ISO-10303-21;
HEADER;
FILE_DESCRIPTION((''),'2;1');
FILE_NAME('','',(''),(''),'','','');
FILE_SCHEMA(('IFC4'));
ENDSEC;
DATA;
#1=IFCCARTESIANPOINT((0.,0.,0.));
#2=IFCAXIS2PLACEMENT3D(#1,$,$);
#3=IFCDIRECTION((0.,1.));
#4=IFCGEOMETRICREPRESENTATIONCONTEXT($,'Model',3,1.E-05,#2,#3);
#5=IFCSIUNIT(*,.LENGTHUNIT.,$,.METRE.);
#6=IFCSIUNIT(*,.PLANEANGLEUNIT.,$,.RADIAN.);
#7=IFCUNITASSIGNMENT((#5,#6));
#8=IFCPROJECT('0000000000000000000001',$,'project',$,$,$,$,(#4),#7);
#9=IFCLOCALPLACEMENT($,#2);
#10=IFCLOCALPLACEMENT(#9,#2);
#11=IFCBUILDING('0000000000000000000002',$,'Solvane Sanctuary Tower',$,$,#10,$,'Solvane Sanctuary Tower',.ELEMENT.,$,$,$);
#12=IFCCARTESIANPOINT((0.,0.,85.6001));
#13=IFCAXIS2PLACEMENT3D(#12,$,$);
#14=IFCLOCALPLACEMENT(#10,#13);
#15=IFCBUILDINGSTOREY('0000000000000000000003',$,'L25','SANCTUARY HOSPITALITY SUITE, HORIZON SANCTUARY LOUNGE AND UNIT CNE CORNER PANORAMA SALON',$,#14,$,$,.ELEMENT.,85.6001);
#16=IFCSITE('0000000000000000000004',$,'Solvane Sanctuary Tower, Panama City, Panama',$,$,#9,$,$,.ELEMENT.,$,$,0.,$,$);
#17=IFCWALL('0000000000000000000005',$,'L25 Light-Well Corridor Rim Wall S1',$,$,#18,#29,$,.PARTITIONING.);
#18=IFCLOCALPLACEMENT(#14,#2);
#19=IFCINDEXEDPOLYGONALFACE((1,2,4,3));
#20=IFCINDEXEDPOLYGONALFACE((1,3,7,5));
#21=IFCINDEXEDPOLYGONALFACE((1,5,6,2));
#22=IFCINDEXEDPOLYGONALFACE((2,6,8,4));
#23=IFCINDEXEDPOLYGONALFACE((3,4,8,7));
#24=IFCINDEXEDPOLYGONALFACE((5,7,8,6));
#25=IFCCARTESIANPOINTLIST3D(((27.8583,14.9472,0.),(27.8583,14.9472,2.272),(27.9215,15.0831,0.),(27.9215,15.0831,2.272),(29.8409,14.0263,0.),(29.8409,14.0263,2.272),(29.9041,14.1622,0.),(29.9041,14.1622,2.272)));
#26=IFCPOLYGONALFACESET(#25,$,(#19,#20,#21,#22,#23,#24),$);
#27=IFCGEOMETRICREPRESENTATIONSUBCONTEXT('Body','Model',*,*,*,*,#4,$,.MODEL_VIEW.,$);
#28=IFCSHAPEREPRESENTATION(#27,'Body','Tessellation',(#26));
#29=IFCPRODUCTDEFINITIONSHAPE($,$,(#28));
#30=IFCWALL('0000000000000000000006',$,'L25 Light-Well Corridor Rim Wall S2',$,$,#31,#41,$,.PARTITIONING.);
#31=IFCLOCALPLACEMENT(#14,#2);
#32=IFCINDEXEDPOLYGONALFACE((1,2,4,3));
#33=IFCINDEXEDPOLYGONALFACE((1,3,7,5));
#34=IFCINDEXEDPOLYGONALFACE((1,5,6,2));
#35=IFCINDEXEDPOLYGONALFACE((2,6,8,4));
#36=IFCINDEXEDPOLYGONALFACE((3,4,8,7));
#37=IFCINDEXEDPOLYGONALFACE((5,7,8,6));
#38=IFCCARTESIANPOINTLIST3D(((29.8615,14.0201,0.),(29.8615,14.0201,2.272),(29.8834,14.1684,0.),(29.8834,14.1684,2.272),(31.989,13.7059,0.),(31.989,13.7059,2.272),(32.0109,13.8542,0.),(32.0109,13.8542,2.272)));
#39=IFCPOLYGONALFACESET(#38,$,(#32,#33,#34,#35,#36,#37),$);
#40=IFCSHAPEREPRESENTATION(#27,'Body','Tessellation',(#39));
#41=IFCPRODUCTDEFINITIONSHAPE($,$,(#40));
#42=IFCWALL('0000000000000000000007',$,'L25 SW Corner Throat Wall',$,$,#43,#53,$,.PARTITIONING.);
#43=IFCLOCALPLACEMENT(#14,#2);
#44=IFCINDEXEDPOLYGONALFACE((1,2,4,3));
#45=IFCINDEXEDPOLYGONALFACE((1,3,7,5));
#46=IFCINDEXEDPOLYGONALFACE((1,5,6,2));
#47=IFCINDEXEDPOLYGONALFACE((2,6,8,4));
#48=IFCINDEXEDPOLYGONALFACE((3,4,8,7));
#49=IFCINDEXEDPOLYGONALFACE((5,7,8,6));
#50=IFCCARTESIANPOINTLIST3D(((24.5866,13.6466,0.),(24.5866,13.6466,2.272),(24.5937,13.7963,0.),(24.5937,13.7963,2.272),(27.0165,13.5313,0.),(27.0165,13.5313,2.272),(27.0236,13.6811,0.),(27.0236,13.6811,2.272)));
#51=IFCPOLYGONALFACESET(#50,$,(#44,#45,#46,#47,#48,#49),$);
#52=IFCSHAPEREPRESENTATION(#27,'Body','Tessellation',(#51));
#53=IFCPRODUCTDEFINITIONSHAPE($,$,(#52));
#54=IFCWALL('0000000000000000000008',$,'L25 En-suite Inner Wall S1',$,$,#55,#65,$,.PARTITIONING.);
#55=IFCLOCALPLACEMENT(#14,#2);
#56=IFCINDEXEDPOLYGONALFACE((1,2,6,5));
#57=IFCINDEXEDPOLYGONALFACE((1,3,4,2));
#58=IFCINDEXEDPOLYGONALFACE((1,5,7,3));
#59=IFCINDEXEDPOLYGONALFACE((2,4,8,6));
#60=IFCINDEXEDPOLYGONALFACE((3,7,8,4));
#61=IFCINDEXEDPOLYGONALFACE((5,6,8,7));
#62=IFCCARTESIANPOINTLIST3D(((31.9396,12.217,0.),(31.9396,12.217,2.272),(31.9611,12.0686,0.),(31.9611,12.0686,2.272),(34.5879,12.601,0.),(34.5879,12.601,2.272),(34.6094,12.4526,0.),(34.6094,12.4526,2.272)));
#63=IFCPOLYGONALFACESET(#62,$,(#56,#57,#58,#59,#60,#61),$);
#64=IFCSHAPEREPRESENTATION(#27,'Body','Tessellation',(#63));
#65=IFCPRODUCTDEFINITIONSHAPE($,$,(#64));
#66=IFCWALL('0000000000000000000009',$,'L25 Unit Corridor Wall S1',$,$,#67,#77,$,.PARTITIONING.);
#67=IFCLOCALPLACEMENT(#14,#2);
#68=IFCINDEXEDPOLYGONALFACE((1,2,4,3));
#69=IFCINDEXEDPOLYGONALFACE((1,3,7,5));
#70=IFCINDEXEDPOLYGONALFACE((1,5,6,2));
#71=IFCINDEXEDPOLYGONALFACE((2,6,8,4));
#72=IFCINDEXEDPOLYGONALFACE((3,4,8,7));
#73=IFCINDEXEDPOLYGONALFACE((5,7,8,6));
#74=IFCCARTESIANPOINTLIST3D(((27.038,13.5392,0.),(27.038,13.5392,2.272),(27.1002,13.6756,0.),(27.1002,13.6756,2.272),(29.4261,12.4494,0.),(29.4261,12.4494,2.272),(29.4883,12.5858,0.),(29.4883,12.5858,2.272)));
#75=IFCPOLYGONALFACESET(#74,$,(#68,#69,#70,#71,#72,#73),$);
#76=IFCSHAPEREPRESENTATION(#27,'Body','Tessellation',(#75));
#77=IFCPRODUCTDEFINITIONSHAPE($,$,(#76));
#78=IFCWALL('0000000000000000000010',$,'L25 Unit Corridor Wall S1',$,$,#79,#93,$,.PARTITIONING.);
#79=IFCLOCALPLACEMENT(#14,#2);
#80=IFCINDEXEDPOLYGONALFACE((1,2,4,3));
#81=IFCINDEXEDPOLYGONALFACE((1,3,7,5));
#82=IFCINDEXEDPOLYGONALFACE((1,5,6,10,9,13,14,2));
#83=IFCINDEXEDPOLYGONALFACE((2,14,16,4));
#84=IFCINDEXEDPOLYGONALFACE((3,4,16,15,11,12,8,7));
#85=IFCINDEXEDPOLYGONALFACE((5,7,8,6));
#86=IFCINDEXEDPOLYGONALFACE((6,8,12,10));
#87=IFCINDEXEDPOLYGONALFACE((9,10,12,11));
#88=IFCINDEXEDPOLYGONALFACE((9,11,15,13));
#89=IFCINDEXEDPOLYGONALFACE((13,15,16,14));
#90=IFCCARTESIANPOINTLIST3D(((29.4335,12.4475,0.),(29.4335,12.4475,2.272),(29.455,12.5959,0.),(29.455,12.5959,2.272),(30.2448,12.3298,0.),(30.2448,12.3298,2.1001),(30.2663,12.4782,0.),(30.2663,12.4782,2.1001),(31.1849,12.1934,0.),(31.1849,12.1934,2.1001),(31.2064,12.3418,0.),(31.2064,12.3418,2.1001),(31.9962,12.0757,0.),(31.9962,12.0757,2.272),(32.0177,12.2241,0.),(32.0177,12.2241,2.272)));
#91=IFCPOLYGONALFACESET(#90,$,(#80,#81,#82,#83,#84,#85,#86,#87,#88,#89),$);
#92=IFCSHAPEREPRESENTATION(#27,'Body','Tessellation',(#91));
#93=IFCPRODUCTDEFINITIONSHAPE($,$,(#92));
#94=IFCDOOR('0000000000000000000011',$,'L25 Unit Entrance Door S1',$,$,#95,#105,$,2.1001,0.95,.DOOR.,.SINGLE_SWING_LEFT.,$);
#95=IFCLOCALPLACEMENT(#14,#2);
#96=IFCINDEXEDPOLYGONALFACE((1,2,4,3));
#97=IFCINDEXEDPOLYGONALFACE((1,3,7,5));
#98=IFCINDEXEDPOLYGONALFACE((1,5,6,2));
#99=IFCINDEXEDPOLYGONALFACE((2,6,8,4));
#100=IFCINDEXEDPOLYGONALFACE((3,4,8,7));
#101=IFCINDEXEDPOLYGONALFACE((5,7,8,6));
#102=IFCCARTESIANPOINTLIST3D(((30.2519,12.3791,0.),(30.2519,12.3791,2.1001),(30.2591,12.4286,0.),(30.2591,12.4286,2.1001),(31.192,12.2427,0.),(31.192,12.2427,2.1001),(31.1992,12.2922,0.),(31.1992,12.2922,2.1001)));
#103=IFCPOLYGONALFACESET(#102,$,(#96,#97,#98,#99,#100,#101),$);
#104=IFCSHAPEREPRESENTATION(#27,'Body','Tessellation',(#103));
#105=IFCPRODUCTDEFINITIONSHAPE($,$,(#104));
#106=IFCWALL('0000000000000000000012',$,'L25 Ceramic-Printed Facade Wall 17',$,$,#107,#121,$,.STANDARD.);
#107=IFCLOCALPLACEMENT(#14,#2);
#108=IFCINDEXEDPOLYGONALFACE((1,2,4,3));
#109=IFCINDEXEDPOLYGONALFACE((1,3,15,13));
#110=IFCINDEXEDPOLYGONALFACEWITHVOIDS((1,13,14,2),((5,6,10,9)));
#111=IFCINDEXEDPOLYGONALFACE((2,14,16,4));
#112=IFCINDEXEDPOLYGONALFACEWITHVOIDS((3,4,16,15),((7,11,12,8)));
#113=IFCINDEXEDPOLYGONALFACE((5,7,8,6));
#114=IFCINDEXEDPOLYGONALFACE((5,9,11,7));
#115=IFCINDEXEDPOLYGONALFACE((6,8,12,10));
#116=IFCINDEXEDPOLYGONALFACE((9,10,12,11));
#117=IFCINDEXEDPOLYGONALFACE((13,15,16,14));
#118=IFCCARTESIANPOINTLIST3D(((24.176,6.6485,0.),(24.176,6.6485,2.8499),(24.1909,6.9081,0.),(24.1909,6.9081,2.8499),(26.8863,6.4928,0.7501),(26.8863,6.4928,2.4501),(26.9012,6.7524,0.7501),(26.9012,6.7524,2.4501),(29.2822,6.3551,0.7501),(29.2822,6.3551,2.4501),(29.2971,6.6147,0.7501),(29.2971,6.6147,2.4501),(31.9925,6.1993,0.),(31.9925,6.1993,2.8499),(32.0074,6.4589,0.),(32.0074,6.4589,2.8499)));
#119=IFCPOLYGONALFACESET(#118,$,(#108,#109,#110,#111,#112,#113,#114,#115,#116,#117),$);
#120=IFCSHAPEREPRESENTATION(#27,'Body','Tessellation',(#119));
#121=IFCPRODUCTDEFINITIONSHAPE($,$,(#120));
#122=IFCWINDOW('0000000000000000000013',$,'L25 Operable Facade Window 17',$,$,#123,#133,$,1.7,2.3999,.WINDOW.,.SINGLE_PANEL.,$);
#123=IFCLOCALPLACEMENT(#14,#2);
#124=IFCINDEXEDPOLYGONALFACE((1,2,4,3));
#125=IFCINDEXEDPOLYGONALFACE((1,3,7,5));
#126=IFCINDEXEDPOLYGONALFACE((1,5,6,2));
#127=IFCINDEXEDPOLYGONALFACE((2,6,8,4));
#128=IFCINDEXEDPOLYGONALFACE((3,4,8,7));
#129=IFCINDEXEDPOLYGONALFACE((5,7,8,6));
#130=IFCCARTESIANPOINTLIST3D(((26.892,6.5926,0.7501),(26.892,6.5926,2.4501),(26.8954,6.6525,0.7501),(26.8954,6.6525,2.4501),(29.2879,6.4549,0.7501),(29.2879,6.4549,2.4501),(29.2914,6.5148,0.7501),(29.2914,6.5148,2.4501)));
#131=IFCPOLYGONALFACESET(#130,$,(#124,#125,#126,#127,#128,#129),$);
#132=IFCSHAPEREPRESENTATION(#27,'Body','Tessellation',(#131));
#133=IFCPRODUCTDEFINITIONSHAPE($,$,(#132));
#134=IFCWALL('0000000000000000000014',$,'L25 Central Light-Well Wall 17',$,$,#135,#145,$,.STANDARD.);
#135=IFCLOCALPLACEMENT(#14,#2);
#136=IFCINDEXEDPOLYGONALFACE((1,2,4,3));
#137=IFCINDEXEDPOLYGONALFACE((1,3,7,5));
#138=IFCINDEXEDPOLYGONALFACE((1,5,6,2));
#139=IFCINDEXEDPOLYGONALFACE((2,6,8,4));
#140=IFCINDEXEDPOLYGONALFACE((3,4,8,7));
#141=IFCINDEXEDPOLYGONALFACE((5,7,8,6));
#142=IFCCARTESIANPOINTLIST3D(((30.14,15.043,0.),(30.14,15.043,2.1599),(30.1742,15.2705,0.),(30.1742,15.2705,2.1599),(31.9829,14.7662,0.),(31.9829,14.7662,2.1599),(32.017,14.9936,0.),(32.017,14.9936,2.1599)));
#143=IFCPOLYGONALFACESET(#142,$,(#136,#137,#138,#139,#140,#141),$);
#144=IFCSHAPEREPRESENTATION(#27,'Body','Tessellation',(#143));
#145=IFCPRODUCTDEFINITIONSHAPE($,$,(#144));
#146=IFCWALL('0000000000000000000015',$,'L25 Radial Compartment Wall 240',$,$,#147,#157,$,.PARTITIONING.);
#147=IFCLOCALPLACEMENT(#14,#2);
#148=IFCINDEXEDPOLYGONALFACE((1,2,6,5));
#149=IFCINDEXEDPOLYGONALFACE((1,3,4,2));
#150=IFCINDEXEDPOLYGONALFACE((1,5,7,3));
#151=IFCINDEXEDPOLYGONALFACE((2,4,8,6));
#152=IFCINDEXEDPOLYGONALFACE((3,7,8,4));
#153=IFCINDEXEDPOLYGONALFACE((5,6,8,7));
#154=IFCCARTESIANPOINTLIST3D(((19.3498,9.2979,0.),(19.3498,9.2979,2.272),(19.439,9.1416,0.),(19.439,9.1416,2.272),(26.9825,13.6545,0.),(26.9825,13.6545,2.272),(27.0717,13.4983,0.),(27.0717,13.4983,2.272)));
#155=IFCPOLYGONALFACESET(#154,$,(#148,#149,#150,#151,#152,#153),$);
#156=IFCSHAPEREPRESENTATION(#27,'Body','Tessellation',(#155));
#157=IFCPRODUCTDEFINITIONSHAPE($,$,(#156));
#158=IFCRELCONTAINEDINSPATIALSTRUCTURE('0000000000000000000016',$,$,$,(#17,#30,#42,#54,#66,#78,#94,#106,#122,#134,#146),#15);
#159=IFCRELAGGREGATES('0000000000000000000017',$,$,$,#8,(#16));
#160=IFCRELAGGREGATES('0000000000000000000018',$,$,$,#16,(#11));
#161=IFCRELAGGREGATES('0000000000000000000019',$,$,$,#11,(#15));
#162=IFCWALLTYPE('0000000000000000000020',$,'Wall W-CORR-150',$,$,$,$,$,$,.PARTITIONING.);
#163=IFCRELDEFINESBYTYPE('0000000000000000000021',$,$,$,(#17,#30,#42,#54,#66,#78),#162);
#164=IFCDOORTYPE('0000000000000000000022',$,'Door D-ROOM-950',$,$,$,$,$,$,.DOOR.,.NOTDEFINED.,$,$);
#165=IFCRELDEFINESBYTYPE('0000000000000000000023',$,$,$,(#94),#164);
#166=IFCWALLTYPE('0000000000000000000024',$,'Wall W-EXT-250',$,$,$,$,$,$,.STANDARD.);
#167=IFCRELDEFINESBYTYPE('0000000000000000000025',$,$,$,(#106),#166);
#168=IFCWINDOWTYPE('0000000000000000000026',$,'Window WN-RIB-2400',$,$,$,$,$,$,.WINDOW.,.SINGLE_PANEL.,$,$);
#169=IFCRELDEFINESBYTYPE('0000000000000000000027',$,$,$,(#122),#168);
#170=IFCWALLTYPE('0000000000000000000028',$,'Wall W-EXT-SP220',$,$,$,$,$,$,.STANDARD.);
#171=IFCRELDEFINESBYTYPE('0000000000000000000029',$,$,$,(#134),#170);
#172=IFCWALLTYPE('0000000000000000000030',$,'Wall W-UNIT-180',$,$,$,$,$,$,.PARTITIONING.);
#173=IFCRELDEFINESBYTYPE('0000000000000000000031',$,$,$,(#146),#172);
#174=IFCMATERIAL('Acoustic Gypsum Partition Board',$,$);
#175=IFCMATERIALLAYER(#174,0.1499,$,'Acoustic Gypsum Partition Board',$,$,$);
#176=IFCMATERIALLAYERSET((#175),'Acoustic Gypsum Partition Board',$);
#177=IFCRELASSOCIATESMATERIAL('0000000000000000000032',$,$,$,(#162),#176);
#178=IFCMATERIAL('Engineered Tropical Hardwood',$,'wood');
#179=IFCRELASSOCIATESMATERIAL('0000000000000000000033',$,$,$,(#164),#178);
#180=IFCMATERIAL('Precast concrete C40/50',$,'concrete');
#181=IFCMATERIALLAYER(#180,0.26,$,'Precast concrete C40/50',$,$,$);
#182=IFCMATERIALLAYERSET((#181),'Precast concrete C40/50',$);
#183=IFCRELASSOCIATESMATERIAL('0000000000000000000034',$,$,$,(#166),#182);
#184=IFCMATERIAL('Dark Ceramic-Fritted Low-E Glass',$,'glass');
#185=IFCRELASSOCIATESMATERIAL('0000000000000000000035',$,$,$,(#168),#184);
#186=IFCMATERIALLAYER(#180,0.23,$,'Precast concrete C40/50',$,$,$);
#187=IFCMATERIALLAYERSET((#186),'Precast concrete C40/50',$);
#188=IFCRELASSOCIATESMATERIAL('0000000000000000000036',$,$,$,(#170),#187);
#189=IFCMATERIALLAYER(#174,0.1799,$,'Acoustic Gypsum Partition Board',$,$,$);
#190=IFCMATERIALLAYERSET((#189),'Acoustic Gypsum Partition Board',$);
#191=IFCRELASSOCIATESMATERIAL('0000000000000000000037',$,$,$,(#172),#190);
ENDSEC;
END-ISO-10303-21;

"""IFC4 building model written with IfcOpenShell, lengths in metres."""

from ifc_helpers import new_model, si_unit, direction, frame, frame_2d, origin, place, context, subcontext, project, spatial, rectangle, extrude, material, layer, layer_set, type_object, element, fill, save


model = new_model("IFC4")

# Units and contexts
model_context = context("Model", 3, precision=1e-05, world=origin(), true_north=direction((0.0, 1.0)))
body_context = subcontext(model_context, "Body", "Model", "MODEL_VIEW")
ifc_project = project(units=[si_unit("LENGTHUNIT", "METRE"), si_unit("PLANEANGLEUNIT", "RADIAN")], contexts=[model_context])

# Site, building, storey
site_placement = place(None, origin())
site = spatial("IfcSite", under=ifc_project, at=site_placement, Name="Solvane Sanctuary Tower, Panama City, Panama", CompositionType="ELEMENT", RefElevation=0.0)
building_placement = place(site_placement, origin())
building = spatial("IfcBuilding", under=site, at=building_placement, Name="Solvane Sanctuary Tower", LongName="Solvane Sanctuary Tower", CompositionType="ELEMENT")
storey_placement = place(building_placement, frame((0.0, 0.0, 85.6001)))
storey = spatial("IfcBuildingStorey", under=building, at=storey_placement, Name="L25", Description="SANCTUARY HOSPITALITY SUITE, HORIZON SANCTUARY LOUNGE AND UNIT CNE CORNER PANORAMA SALON", CompositionType="ELEMENT", Elevation=85.6001)

# Walls
ifc_material_1 = material(Name="Acoustic Gypsum Partition Board")
ifc_layer_1 = layer(ifc_material_1, 0.1499, Name="Acoustic Gypsum Partition Board")
ifc_layer_set_1 = layer_set([ifc_layer_1], Name="Acoustic Gypsum Partition Board")
wall_type_1 = type_object("IfcWallType", Name="Wall W-CORR-150", PredefinedType="PARTITIONING", material=ifc_layer_set_1)
wall_1_placement = place(storey_placement, frame((27.8899, 15.0151, 0.0), z_axis=(0.0, 0.0, 1.0), x_axis=(0.906943, -0.421252, 0.0)))
element("IfcWall", 1, at=wall_1_placement, inside=storey, type_object=wall_type_1, Name="L25 Light-Well Corridor Rim Wall S1", PredefinedType="PARTITIONING", context=body_context, shape_type="SweptSolid", body=[
    extrude(rectangle(XDim=2.186, YDim=0.1499, at=frame_2d((1.093, 0.0))), origin(), (0.0, 0.0, 1.0), 2.272),
])
wall_2_placement = place(storey_placement, frame((29.8726, 14.0942, 0.0), z_axis=(0.0, 0.0, 1.0), x_axis=(0.989269, -0.146108, 0.0)))
element("IfcWall", 2, at=wall_2_placement, inside=storey, type_object=wall_type_1, Name="L25 Light-Well Corridor Rim Wall S2", PredefinedType="PARTITIONING", context=body_context, shape_type="SweptSolid", body=[
    extrude(rectangle(XDim=2.1506, YDim=0.1499, at=frame_2d((1.0752, 0.0))), origin(), (0.0, 0.0, 1.0), 2.272),
])
wall_3_placement = place(storey_placement, frame((27.02, 13.6062, 0.0), z_axis=(0.0, 0.0, 1.0), x_axis=(-0.998877, 0.04737, 0.0)))
element("IfcWall", 3, at=wall_3_placement, inside=storey, type_object=wall_type_1, Name="L25 SW Corner Throat Wall", PredefinedType="PARTITIONING", context=body_context, shape_type="SweptSolid", body=[
    extrude(rectangle(XDim=2.4326, YDim=0.1499, at=frame_2d((1.2163, 0.0))), origin(), (0.0, 0.0, 1.0), 2.272),
])
wall_4_placement = place(storey_placement, frame((31.9504, 12.1428, 0.0), z_axis=(0.0, 0.0, 1.0), x_axis=(0.98965, 0.143503, 0.0)))
element("IfcWall", 4, at=wall_4_placement, inside=storey, type_object=wall_type_1, Name="L25 En-suite Inner Wall S1", PredefinedType="PARTITIONING", context=body_context, shape_type="SweptSolid", body=[
    extrude(rectangle(XDim=2.676, YDim=0.1499, at=frame_2d((1.3379, 0.0))), origin(), (0.0, 0.0, 1.0), 2.272),
])
wall_5_placement = place(storey_placement, frame((27.0691, 13.6074, 0.0), z_axis=(0.0, 0.0, 1.0), x_axis=(0.909748, -0.415162, 0.0)))
element("IfcWall", 5, at=wall_5_placement, inside=storey, type_object=wall_type_1, Name="L25 Unit Corridor Wall S1", PredefinedType="PARTITIONING", context=body_context, shape_type="SweptSolid", body=[
    extrude(rectangle(XDim=2.625, YDim=0.1499, at=frame_2d((1.3125, 0.0))), origin(), (0.0, 0.0, 1.0), 2.272),
])

# Wall, opening, door
wall_6_placement = place(storey_placement, frame((29.4441, 12.5217, 0.0), z_axis=(0.0, 0.0, 1.0), x_axis=(0.989638, -0.143586, 0.0)))
wall_6 = element("IfcWall", 6, at=wall_6_placement, inside=storey, type_object=wall_type_1, Name="L25 Unit Corridor Wall S1", PredefinedType="PARTITIONING", context=body_context, shape_type="SweptSolid", body=[
    extrude(rectangle(XDim=2.5896, YDim=0.1499, at=frame_2d((1.2949, 0.0))), origin(), (0.0, 0.0, 1.0), 2.272),
])
opening_1_placement = place(wall_6_placement, frame((0.8198, 0.0, 0.0)))
opening_1 = element("IfcOpeningElement", 7, at=opening_1_placement, cuts=wall_6, PredefinedType="OPENING", context=body_context, shape_type="SweptSolid", body=[
    extrude(rectangle(XDim=0.95, YDim=2.1001, at=frame_2d((0.4751, 1.05))), frame((0.0, 0.085, 0.0), z_axis=(0.0, -1.0, 0.0), x_axis=(1.0, 0.0, 0.0)), (0.0, 0.0, 1.0), 0.1699),
])
ifc_material_2 = material(Name="Engineered Tropical Hardwood", Category="wood")
door_type_1 = type_object("IfcDoorType", Name="Door D-ROOM-950", OperationType="NOTDEFINED", PredefinedType="DOOR", material=ifc_material_2)
door_1_placement = place(opening_1_placement, origin())
door_1 = element("IfcDoor", 8, at=door_1_placement, inside=storey, type_object=door_type_1, Name="L25 Unit Entrance Door S1", OperationType="SINGLE_SWING_LEFT", OverallHeight=2.1001, OverallWidth=0.95, PredefinedType="DOOR", context=body_context, shape_type="SweptSolid", body=[
    extrude(rectangle(XDim=0.95, YDim=2.1001, at=frame_2d((0.4751, 1.05))), frame((0.0, 0.0249, 0.0), z_axis=(0.0, -1.0, 0.0), x_axis=(1.0, 0.0, 0.0)), (0.0, 0.0, 1.0), 0.05),
])
fill(opening_1, door_1)

# Wall, opening, window
ifc_material_3 = material(Name="Precast concrete C40/50", Category="concrete")
ifc_layer_2 = layer(ifc_material_3, 0.26, Name="Precast concrete C40/50")
ifc_layer_set_2 = layer_set([ifc_layer_2], Name="Precast concrete C40/50")
wall_type_2 = type_object("IfcWallType", Name="Wall W-EXT-250", PredefinedType="STANDARD", material=ifc_layer_set_2)
wall_7_placement = place(storey_placement, frame((24.1836, 6.7783, 0.0), z_axis=(0.0, 0.0, 1.0), x_axis=(0.998353, -0.057377, 0.0)))
wall_7 = element("IfcWall", 9, at=wall_7_placement, inside=storey, type_object=wall_type_2, Name="L25 Ceramic-Printed Facade Wall 17", PredefinedType="STANDARD", context=body_context, shape_type="SweptSolid", body=[
    extrude(rectangle(XDim=7.8293, YDim=0.26, at=frame_2d((3.9146, 0.0))), origin(), (0.0, 0.0, 1.0), 2.8499),
])
opening_2_placement = place(wall_7_placement, frame((2.7146, 0.0, 0.75)))
opening_2 = element("IfcOpeningElement", 10, at=opening_2_placement, cuts=wall_7, PredefinedType="OPENING", context=body_context, shape_type="SweptSolid", body=[
    extrude(rectangle(XDim=2.3999, YDim=1.7, at=frame_2d((1.2, 0.8501))), frame((0.0, 0.1399, 0.0), z_axis=(0.0, -1.0, 0.0), x_axis=(1.0, 0.0, 0.0)), (0.0, 0.0, 1.0), 0.28),
])
ifc_material_4 = material(Name="Dark Ceramic-Fritted Low-E Glass", Category="glass")
window_type = type_object("IfcWindowType", Name="Window WN-RIB-2400", PartitioningType="SINGLE_PANEL", PredefinedType="WINDOW", material=ifc_material_4)
window_placement = place(opening_2_placement, origin())
window = element("IfcWindow", 11, at=window_placement, inside=storey, type_object=window_type, Name="L25 Operable Facade Window 17", OverallHeight=1.7, OverallWidth=2.3999, PartitioningType="SINGLE_PANEL", PredefinedType="WINDOW", context=body_context, shape_type="SweptSolid", body=[
    extrude(rectangle(XDim=2.3999, YDim=1.7, at=frame_2d((1.2, 0.8501))), frame((0.0, 0.03, 0.0), z_axis=(0.0, -1.0, 0.0), x_axis=(1.0, 0.0, 0.0)), (0.0, 0.0, 1.0), 0.0601),
])
fill(opening_2, window)

# Walls
ifc_layer_3 = layer(ifc_material_3, 0.23, Name="Precast concrete C40/50")
ifc_layer_set_3 = layer_set([ifc_layer_3], Name="Precast concrete C40/50")
wall_type_3 = type_object("IfcWallType", Name="Wall W-EXT-SP220", PredefinedType="STANDARD", material=ifc_layer_set_3)
wall_8_placement = place(storey_placement, frame((30.1572, 15.1567, 0.0), z_axis=(0.0, 0.0, 1.0), x_axis=(0.988902, -0.148571, 0.0)))
element("IfcWall", 12, at=wall_8_placement, inside=storey, type_object=wall_type_3, Name="L25 Central Light-Well Wall 17", PredefinedType="STANDARD", context=body_context, shape_type="SweptSolid", body=[
    extrude(rectangle(XDim=1.8635, YDim=0.23, at=frame_2d((0.9316, 0.0))), origin(), (0.0, 0.0, 1.0), 2.1599),
])
ifc_layer_4 = layer(ifc_material_1, 0.1799, Name="Acoustic Gypsum Partition Board")
ifc_layer_set_4 = layer_set([ifc_layer_4], Name="Acoustic Gypsum Partition Board")
wall_type_4 = type_object("IfcWallType", Name="Wall W-UNIT-180", PredefinedType="PARTITIONING", material=ifc_layer_set_4)
wall_9_placement = place(storey_placement, frame((27.0271, 13.5764, 0.0), z_axis=(0.0, 0.0, 1.0), x_axis=(-0.868484, -0.495717, 0.0)))
element("IfcWall", 13, at=wall_9_placement, inside=storey, type_object=wall_type_4, Name="L25 Radial Compartment Wall 240", PredefinedType="PARTITIONING", context=body_context, shape_type="SweptSolid", body=[
    extrude(rectangle(XDim=8.7886, YDim=0.1799, at=frame_2d((4.3943, 0.0))), origin(), (0.0, 0.0, 1.0), 2.272),
])

save(model, "model.ifc")
